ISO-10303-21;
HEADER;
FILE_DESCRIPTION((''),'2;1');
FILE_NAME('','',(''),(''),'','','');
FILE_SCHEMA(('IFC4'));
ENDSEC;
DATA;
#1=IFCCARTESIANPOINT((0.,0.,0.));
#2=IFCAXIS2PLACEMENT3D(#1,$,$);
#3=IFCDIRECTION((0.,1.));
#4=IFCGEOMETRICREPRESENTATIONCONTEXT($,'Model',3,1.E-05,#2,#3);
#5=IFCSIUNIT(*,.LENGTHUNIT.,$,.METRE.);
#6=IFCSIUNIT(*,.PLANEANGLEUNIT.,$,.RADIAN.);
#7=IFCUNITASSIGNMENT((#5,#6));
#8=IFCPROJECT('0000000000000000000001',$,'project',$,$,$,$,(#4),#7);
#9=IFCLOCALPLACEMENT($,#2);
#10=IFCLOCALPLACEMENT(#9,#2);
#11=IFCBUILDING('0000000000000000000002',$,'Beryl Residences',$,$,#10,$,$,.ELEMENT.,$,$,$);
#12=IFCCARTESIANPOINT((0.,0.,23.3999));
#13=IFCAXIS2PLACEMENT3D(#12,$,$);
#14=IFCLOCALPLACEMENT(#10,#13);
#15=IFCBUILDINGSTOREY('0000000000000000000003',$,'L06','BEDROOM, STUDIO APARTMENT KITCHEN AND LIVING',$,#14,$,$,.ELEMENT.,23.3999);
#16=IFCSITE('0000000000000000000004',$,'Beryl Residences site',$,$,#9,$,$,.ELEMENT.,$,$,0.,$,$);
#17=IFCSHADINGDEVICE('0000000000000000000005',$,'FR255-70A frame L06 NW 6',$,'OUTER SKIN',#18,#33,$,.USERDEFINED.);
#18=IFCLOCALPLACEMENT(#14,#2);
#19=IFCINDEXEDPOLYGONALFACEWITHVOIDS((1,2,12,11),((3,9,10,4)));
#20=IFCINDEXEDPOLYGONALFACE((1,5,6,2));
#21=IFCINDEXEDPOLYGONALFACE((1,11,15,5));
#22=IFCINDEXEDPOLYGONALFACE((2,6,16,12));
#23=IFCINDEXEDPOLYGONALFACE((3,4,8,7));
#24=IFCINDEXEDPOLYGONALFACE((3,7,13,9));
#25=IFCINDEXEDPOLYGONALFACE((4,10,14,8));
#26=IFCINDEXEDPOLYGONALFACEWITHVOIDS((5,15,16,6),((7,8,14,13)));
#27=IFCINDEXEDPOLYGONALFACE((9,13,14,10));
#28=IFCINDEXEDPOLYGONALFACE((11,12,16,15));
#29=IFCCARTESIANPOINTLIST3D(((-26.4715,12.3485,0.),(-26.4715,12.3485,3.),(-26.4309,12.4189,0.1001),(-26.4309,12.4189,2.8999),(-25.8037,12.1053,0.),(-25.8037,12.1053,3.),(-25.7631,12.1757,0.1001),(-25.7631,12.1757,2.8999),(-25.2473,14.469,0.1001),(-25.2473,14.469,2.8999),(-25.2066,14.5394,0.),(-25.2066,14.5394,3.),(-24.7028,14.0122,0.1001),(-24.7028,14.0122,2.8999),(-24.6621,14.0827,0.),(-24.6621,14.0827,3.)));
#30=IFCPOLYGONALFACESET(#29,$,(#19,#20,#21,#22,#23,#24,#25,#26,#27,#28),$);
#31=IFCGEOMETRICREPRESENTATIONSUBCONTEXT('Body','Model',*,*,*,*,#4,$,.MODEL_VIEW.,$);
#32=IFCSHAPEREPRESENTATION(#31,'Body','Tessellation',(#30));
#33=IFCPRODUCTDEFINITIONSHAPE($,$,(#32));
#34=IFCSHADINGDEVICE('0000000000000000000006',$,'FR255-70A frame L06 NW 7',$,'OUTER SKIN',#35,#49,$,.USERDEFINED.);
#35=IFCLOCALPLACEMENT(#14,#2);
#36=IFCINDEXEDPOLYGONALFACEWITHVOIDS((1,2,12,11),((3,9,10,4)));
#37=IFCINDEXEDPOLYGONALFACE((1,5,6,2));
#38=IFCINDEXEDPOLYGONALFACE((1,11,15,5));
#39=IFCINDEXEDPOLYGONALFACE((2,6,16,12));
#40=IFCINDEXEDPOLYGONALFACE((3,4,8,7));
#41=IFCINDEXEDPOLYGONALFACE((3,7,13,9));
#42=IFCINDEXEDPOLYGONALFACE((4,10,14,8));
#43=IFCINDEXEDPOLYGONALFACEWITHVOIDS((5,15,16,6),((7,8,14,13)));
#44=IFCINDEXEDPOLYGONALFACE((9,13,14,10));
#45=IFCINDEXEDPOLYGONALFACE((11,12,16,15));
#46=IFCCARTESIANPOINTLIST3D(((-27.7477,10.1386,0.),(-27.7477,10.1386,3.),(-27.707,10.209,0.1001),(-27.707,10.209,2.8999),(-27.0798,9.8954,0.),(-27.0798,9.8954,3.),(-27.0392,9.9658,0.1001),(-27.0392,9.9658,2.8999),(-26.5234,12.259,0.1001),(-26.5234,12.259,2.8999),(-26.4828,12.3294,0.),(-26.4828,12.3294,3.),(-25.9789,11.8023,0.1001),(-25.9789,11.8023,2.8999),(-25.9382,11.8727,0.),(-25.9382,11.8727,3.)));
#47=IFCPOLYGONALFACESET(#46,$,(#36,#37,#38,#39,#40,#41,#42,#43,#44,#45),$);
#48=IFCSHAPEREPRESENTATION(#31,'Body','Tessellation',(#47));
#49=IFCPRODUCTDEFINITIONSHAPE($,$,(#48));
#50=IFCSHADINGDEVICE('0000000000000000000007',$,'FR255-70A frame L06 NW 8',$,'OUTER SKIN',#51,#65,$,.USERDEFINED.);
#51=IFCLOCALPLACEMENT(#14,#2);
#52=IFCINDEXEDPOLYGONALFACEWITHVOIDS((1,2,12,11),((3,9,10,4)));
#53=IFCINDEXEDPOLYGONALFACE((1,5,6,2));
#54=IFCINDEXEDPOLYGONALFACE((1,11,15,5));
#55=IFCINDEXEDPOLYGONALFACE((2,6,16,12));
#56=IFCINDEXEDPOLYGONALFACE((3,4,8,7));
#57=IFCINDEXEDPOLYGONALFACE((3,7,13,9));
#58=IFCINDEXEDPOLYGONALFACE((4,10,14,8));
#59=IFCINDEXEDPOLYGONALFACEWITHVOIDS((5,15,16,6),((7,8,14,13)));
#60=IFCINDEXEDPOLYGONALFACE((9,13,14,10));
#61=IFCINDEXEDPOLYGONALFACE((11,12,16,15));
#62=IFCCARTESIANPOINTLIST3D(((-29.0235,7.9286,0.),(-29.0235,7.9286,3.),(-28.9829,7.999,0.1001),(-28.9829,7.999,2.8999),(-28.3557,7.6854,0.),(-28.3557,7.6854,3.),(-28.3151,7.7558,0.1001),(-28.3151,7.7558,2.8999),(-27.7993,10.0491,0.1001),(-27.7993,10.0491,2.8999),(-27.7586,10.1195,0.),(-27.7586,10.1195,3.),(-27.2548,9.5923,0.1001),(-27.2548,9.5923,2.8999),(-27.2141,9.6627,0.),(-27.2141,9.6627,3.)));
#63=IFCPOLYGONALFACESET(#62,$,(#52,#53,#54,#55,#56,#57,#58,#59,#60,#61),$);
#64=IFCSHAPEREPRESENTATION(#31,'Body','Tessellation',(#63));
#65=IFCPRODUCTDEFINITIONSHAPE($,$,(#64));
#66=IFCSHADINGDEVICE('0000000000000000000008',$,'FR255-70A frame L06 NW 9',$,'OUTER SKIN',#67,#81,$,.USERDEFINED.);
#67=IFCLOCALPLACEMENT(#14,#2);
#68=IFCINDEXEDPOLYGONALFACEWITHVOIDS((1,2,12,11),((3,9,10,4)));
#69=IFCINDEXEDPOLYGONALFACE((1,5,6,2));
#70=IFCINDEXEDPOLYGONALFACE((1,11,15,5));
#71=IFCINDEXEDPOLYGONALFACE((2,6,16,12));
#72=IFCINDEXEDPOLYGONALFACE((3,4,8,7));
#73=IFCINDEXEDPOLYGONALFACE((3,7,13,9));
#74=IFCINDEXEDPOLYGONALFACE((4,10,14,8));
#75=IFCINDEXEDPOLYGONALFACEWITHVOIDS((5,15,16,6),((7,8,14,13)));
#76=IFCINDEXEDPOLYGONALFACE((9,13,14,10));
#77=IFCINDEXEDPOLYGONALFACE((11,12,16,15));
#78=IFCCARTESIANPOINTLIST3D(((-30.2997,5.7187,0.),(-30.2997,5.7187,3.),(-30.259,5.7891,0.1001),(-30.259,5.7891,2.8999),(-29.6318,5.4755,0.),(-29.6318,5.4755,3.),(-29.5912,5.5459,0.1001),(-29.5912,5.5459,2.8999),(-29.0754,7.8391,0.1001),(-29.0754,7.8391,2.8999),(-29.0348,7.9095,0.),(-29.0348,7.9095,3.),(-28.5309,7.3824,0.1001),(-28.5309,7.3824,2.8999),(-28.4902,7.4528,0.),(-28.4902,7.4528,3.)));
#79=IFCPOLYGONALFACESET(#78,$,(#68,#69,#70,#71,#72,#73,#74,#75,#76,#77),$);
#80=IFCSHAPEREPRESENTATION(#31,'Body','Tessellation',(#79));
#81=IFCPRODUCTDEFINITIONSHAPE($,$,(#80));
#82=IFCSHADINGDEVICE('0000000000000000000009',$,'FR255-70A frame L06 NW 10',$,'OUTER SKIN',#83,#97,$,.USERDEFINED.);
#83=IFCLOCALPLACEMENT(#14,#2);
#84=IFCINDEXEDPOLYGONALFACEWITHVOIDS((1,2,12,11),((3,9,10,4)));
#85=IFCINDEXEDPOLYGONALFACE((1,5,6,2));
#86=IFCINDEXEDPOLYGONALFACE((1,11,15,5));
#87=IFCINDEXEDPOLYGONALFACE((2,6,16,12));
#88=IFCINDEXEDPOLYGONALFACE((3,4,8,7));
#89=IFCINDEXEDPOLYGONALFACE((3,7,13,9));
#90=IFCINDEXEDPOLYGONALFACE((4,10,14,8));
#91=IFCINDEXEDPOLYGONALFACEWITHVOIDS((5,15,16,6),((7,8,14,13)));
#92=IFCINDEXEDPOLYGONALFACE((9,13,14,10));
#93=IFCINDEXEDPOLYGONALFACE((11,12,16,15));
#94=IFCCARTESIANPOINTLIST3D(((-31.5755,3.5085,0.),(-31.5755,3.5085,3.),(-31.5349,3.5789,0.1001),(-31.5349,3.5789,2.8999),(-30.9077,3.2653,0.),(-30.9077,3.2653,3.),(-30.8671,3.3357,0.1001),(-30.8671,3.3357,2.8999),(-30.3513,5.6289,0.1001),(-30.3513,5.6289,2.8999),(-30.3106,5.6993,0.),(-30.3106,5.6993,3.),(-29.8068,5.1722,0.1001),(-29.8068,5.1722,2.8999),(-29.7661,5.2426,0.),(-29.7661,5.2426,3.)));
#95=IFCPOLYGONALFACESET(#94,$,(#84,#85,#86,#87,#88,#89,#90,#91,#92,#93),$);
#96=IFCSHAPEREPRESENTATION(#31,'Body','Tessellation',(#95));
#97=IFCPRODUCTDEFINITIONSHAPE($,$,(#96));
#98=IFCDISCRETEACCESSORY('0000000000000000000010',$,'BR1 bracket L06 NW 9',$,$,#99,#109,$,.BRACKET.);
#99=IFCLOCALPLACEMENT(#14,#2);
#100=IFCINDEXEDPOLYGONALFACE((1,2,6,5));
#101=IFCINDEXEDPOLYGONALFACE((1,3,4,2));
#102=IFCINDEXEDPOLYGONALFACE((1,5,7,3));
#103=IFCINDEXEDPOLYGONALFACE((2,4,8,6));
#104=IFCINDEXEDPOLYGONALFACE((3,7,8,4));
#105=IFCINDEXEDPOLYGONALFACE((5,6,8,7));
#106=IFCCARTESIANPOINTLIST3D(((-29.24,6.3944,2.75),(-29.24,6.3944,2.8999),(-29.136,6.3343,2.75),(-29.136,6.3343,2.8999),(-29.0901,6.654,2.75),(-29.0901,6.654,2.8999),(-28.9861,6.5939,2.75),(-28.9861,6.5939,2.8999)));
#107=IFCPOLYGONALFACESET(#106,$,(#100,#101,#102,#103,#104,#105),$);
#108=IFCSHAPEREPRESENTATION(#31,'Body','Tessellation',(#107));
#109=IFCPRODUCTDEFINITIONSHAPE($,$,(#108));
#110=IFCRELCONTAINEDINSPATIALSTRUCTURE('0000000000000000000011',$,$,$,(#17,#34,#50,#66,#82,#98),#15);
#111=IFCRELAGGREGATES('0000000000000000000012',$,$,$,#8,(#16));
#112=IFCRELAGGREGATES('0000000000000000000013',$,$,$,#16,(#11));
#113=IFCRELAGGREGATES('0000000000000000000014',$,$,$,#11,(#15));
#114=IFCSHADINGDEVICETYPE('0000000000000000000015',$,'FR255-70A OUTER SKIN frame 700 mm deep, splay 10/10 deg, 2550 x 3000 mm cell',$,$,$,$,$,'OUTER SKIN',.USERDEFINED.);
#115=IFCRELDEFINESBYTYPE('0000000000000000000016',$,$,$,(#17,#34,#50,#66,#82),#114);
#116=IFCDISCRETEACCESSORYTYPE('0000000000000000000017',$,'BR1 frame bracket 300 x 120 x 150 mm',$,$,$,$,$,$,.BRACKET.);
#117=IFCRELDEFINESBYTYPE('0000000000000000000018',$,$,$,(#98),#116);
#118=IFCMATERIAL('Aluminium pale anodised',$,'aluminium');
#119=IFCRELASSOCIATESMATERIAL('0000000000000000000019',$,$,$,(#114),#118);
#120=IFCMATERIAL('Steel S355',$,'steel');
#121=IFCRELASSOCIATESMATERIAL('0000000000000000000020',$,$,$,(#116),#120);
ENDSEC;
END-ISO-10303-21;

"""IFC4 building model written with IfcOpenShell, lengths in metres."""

from ifc_helpers import new_model, entity, si_unit, direction, frame, origin, place, context, subcontext, project, spatial, polyline, outline, extrude, source, transform, mapped, material, type_object, type_shapes, element, save


model = new_model("IFC4")

# Units and contexts
model_context = context("Model", 3, precision=1e-05, world=origin(), true_north=direction((0.0, 1.0)))
body_context = subcontext(model_context, "Body", "Model", "MODEL_VIEW")
ifc_project = project(units=[si_unit("LENGTHUNIT", "METRE"), si_unit("PLANEANGLEUNIT", "RADIAN")], contexts=[model_context])

# Site, building, storey
site_placement = place(None, origin())
site = spatial("IfcSite", under=ifc_project, at=site_placement, Name="Beryl Residences site", CompositionType="ELEMENT", RefElevation=0.0)
building_placement = place(site_placement, origin())
building = spatial("IfcBuilding", under=site, at=building_placement, Name="Beryl Residences", CompositionType="ELEMENT")
storey_placement = place(building_placement, frame((0.0, 0.0, 23.3999)))
storey = spatial("IfcBuildingStorey", under=building, at=storey_placement, Name="L06", Description="BEDROOM, STUDIO APARTMENT KITCHEN AND LIVING", CompositionType="ELEMENT", Elevation=23.3999)

# Shading devices
ifc_material_1 = material(Name="Aluminium pale anodised", Category="aluminium")
shading_device_type = type_object("IfcShadingDeviceType", Name="FR255-70A OUTER SKIN frame 700 mm deep, splay 10/10 deg, 2550 x 3000 mm cell", ElementType="OUTER SKIN", PredefinedType="USERDEFINED", material=ifc_material_1)
cartesian_point_1 = entity("IfcCartesianPoint", [-1.1416, 0.0])
cartesian_point_2 = entity("IfcCartesianPoint", [-1.0603, 0.1001])
cartesian_point_3 = entity("IfcCartesianPoint", [-1.2649, 0.0])
cartesian_point_4 = entity("IfcCartesianPoint", [-1.1836, 0.1001])
shared_shape_1 = source(origin(), body_context, "Body", "SweptSolid", [
    entity("IfcExtrudedAreaSolidTapered", entity("IfcArbitraryProfileDefWithVoids", "AREA", None, entity("IfcPolyline", [cartesian_point_1, entity("IfcCartesianPoint", [1.1416, 0.0]), entity("IfcCartesianPoint", [1.1416, 3.0]), entity("IfcCartesianPoint", [-1.1416, 3.0]), cartesian_point_1]), [entity("IfcPolyline", [cartesian_point_2, entity("IfcCartesianPoint", [1.0603, 0.1001]), entity("IfcCartesianPoint", [1.0603, 2.8999]), entity("IfcCartesianPoint", [-1.0603, 2.8999]), cartesian_point_2])]), entity("IfcAxis2Placement3D", entity("IfcCartesianPoint", [0.0, 0.0, 0.0]), entity("IfcDirection", [0.0, 1.0, 0.0]), entity("IfcDirection", [-1.0, 0.0, 0.0])), entity("IfcDirection", [0.0, 0.0, 1.0]), 0.7, entity("IfcArbitraryProfileDefWithVoids", "AREA", None, entity("IfcPolyline", [cartesian_point_3, entity("IfcCartesianPoint", [1.2649, 0.0]), entity("IfcCartesianPoint", [1.2649, 3.0]), entity("IfcCartesianPoint", [-1.2649, 3.0]), cartesian_point_3]), [entity("IfcPolyline", [cartesian_point_4, entity("IfcCartesianPoint", [1.1836, 0.1001]), entity("IfcCartesianPoint", [1.1836, 2.8999]), entity("IfcCartesianPoint", [-1.1836, 2.8999]), cartesian_point_4])])),
])
type_shapes(shading_device_type, [shared_shape_1])
for number, where, z_axis, x_axis, name in (
    (1, (-25.2329, 13.094, 0.0), (0.0, 0.0, 1.0), (0.5, 0.866025, 0.0), "FR255-70A frame L06 NW 6"),
    (2, (-26.509, 10.884, 0.0), (0.0, 0.0, 1.0), (0.5, 0.866025, 0.0), "FR255-70A frame L06 NW 7"),
    (3, (-27.7849, 8.6741, 0.0), (0.0, 0.0, 1.0), (0.5, 0.866025, 0.0), "FR255-70A frame L06 NW 8"),
    (4, (-29.061, 6.4641, 0.0), (0.0, 0.0, 1.0), (0.5, 0.866025, 0.0), "FR255-70A frame L06 NW 9"),
    (5, (-30.3369, 4.2539, 0.0), (0.0, 0.0, 1.0), (0.5, 0.866025, 0.0), "FR255-70A frame L06 NW 10"),
):
    element("IfcShadingDevice", number, at=place(storey_placement, frame(where, z_axis=z_axis, x_axis=x_axis)), inside=storey, type_object=shading_device_type, Name=name, ObjectType="OUTER SKIN", PredefinedType="USERDEFINED", context=body_context, shape_type="MappedRepresentation", body=[
        mapped(shared_shape_1, transform((0.0, 0.0, 0.0))),
    ])

# Discrete accessory
ifc_material_2 = material(Name="Steel S355", Category="steel")
discrete_accessory_type = type_object("IfcDiscreteAccessoryType", Name="BR1 frame bracket 300 x 120 x 150 mm", PredefinedType="BRACKET", material=ifc_material_2)
shared_shape_2 = source(origin(), body_context, "Body", "SweptSolid", [
    extrude(outline(polyline([(-0.1499, 0.0), (0.1499, 0.0), (0.1499, 0.1201), (-0.1499, 0.1201), (-0.1499, 0.0)])), origin(), (0.0, 0.0, 1.0), 0.1499),
])
type_shapes(discrete_accessory_type, [shared_shape_2])
discrete_accessory_placement = place(storey_placement, frame((-29.061, 6.4641, 2.75), z_axis=(0.0, 0.0, 1.0), x_axis=(0.5, 0.866025, 0.0)))
element("IfcDiscreteAccessory", 6, at=discrete_accessory_placement, inside=storey, type_object=discrete_accessory_type, Name="BR1 bracket L06 NW 9", PredefinedType="BRACKET", context=body_context, shape_type="MappedRepresentation", body=[
    mapped(shared_shape_2, transform((0.0, 0.0, 0.0))),
])

save(model, "model.ifc")
